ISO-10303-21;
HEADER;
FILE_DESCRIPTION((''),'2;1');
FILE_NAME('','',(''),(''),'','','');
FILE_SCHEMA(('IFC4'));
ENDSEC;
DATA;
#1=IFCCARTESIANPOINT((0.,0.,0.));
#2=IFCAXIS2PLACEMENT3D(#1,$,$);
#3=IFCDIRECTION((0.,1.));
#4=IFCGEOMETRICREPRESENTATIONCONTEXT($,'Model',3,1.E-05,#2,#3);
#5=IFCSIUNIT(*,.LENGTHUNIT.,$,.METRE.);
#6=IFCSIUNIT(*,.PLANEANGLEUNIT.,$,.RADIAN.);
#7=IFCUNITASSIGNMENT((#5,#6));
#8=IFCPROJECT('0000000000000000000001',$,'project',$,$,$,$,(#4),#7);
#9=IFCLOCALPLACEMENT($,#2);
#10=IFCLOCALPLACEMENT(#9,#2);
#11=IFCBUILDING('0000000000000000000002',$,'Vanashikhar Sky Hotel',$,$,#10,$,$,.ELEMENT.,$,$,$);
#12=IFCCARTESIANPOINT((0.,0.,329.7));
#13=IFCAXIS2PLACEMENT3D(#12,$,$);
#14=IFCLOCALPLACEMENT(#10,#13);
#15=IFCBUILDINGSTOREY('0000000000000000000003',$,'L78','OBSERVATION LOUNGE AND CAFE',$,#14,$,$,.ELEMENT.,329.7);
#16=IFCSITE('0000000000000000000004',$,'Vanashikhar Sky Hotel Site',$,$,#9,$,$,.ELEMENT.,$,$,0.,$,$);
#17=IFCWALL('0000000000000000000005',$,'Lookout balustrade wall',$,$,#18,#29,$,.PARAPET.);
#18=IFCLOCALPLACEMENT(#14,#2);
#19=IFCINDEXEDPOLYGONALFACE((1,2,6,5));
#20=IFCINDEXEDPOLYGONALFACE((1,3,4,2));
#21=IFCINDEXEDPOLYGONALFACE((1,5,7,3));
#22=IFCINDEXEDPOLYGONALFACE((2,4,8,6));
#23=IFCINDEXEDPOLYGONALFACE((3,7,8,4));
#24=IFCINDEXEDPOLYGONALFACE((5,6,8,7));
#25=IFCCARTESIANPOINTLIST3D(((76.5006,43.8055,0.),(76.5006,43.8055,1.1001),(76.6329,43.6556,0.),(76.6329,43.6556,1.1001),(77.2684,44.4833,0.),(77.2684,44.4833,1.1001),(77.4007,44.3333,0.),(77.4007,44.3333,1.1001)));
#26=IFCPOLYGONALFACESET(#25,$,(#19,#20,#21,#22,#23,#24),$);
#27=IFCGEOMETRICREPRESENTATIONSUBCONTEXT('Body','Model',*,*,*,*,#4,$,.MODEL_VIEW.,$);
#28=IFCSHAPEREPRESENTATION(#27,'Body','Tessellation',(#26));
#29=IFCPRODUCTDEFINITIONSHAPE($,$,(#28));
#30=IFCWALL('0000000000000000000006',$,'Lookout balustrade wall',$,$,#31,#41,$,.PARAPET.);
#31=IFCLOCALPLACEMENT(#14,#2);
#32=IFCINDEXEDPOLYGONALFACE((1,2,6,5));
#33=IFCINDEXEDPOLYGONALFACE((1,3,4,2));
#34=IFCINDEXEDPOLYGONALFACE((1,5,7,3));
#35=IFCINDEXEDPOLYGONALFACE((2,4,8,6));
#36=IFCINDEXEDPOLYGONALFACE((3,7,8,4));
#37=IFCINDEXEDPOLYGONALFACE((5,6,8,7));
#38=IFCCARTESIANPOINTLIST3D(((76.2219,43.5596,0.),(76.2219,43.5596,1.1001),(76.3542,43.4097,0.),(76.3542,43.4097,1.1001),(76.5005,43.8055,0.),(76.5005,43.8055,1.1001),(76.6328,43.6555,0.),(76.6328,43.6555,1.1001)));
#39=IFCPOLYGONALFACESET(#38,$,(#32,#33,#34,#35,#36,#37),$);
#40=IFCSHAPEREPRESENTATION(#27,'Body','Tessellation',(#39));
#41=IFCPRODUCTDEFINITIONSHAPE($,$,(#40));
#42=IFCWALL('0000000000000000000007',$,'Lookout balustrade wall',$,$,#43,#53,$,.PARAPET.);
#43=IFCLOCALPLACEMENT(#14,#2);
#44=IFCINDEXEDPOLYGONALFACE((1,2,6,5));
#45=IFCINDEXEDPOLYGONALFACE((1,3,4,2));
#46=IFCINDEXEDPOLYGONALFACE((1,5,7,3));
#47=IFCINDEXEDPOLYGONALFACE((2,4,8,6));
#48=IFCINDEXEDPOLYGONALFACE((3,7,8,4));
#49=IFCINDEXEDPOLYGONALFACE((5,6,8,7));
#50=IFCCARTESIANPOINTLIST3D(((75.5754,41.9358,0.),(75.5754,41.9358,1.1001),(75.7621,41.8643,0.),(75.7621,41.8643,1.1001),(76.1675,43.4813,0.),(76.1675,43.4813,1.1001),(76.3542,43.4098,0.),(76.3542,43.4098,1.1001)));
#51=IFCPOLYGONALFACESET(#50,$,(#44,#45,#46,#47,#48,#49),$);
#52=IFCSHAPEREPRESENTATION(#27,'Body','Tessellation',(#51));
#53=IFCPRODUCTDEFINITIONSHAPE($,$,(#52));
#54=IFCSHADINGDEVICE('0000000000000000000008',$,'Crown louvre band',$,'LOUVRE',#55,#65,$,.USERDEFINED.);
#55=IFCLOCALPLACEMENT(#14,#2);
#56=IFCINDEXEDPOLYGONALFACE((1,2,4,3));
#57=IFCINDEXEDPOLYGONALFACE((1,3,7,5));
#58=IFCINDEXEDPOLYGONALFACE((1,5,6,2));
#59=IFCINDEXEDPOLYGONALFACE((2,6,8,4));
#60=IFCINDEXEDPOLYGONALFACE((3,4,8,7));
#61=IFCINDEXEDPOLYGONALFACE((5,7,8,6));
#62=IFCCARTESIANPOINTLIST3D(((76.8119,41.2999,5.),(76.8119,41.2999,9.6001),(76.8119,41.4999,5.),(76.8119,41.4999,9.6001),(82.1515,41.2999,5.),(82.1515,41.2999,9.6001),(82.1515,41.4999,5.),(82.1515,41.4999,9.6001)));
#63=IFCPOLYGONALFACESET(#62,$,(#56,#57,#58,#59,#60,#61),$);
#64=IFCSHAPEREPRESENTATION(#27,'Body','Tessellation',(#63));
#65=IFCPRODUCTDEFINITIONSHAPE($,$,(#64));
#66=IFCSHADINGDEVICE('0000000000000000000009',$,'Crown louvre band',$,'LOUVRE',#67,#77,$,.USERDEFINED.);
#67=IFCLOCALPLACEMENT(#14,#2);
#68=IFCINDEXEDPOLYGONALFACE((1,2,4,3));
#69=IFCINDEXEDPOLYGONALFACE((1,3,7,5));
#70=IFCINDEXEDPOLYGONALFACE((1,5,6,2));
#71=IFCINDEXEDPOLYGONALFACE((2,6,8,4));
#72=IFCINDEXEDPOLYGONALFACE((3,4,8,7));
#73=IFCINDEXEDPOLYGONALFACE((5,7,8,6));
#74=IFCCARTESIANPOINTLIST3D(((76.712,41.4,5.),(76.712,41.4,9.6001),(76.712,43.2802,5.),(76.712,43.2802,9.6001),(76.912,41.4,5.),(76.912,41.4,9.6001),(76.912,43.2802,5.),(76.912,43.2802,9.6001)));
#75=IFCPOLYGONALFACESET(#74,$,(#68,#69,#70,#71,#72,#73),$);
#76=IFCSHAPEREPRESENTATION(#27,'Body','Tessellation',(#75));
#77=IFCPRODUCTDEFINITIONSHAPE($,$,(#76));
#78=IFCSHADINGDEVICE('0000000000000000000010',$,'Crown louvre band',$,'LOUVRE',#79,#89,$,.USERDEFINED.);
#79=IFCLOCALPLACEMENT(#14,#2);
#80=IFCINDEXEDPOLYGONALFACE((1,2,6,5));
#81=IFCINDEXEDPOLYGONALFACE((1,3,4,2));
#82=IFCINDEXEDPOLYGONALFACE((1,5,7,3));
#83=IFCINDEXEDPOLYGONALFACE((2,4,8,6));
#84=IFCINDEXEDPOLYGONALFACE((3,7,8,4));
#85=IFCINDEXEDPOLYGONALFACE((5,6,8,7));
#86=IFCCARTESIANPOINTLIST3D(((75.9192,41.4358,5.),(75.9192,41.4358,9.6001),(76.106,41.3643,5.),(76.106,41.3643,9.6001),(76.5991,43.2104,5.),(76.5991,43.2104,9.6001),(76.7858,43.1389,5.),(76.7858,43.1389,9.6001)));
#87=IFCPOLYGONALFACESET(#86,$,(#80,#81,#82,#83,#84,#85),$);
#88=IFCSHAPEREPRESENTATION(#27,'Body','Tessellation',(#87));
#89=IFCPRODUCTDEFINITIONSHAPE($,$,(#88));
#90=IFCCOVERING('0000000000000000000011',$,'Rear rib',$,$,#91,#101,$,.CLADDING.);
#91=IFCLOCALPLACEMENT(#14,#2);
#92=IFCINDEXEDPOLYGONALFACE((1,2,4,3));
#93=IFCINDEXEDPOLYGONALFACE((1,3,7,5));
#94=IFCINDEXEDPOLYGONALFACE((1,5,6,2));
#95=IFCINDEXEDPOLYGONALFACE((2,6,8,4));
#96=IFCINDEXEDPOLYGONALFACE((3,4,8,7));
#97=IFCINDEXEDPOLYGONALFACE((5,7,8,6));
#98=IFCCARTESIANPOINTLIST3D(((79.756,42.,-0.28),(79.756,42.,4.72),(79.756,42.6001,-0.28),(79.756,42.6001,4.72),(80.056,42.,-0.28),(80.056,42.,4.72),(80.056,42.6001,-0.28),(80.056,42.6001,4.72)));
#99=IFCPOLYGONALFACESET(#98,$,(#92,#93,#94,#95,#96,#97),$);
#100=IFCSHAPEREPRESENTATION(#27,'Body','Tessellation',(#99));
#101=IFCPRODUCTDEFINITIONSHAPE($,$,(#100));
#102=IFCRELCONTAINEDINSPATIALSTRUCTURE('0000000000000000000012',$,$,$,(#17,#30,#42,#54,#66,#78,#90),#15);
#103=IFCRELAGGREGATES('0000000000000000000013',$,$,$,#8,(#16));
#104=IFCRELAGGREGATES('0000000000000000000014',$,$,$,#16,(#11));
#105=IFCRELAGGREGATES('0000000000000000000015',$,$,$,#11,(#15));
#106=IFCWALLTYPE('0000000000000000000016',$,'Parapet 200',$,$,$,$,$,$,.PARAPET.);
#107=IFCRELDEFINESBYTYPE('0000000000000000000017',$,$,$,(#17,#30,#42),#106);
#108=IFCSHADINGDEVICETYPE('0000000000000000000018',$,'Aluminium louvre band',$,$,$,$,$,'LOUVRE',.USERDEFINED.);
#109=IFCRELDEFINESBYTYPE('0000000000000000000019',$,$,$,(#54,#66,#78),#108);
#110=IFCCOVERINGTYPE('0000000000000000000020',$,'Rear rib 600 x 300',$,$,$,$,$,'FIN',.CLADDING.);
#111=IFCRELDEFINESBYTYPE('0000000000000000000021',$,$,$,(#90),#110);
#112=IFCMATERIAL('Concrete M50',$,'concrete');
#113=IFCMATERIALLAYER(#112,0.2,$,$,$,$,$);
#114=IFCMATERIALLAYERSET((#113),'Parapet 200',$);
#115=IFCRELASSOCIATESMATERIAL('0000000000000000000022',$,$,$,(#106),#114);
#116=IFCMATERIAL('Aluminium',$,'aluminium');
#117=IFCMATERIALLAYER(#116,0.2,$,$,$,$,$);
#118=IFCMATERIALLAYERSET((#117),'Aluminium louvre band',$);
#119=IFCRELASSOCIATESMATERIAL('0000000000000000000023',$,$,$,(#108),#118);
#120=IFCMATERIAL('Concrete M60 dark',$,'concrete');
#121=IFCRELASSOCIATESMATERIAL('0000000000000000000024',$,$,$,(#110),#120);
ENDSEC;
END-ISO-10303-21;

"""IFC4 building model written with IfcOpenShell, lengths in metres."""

from ifc_helpers import new_model, si_unit, direction, frame, frame_2d, origin, origin_2d, place, context, subcontext, project, spatial, rectangle, extrude, source, transform, mapped, material, layer, layer_set, material_profile, profile_set, type_object, element, save


model = new_model("IFC4")

# Units and contexts
model_context = context("Model", 3, precision=1e-05, world=origin(), true_north=direction((0.0, 1.0)))
body_context = subcontext(model_context, "Body", "Model", "MODEL_VIEW")
ifc_project = project(units=[si_unit("LENGTHUNIT", "METRE"), si_unit("PLANEANGLEUNIT", "RADIAN")], contexts=[model_context])

# Site, building, storey
site_placement = place(None, origin())
site = spatial("IfcSite", under=ifc_project, at=site_placement, Name="Vanashikhar Sky Hotel Site", CompositionType="ELEMENT", RefElevation=0.0)
building_placement = place(site_placement, origin())
building = spatial("IfcBuilding", under=site, at=building_placement, Name="Vanashikhar Sky Hotel", CompositionType="ELEMENT")
storey_placement = place(building_placement, frame((0.0, 0.0, 329.7)))
storey = spatial("IfcBuildingStorey", under=building, at=storey_placement, Name="L78", Description="OBSERVATION LOUNGE AND CAFE", CompositionType="ELEMENT", Elevation=329.7)

# Walls
ifc_material_1 = material(Name="Concrete M50", Category="concrete")
ifc_layer_1 = layer(ifc_material_1, 0.2)
ifc_layer_set_1 = layer_set([ifc_layer_1], Name="Parapet 200")
wall_type_1 = type_object("IfcWallType", Name="Parapet 200", PredefinedType="PARAPET", material=ifc_layer_set_1)
shared_shape_1 = source(origin(), body_context, "Body", "SweptSolid", [
    extrude(rectangle(XDim=1.0242, YDim=0.2, at=frame_2d((0.5122, 0.0))), origin(), (0.0, 0.0, 1.0), 1.1001),
])
wall_1_placement = place(storey_placement, frame((76.5667, 43.7305, 0.0), z_axis=(0.0, 0.0, 1.0), x_axis=(0.74972, 0.661756, 0.0)))
element("IfcWall", 1, at=wall_1_placement, inside=storey, type_object=wall_type_1, Name="Lookout balustrade wall", PredefinedType="PARAPET", context=body_context, shape_type="MappedRepresentation", body=[
    mapped(shared_shape_1, transform((0.0, 0.0, 0.0), scale=1.0)),
])
shared_shape_2 = source(origin(), body_context, "Body", "SweptSolid", [
    extrude(rectangle(XDim=0.3716, YDim=0.2, at=frame_2d((0.1858, 0.0))), origin(), (0.0, 0.0, 1.0), 1.1001),
])
wall_2_placement = place(storey_placement, frame((76.2881, 43.4846, 0.0), z_axis=(0.0, 0.0, 1.0), x_axis=(0.749761, 0.661709, 0.0)))
element("IfcWall", 2, at=wall_2_placement, inside=storey, type_object=wall_type_1, Name="Lookout balustrade wall", PredefinedType="PARAPET", context=body_context, shape_type="MappedRepresentation", body=[
    mapped(shared_shape_2, transform((0.0, 0.0, 0.0), scale=1.0)),
])
shared_shape_3 = source(origin(), body_context, "Body", "SweptSolid", [
    extrude(rectangle(XDim=1.655, YDim=0.2, at=frame_2d((0.8276, 0.0))), origin(), (0.0, 0.0, 1.0), 1.1001),
])
wall_3_placement = place(storey_placement, frame((75.6687, 41.8999, 0.0), z_axis=(0.0, 0.0, 1.0), x_axis=(0.357743, 0.93382, 0.0)))
element("IfcWall", 3, at=wall_3_placement, inside=storey, type_object=wall_type_1, Name="Lookout balustrade wall", PredefinedType="PARAPET", context=body_context, shape_type="MappedRepresentation", body=[
    mapped(shared_shape_3, transform((0.0, 0.0, 0.0), scale=1.0)),
])

# Shared definitions
ifc_material_2 = material(Name="Aluminium", Category="aluminium")

# Shading devices
ifc_layer_2 = layer(ifc_material_2, 0.2)
ifc_layer_set_2 = layer_set([ifc_layer_2], Name="Aluminium louvre band")
shading_device_type = type_object("IfcShadingDeviceType", Name="Aluminium louvre band", ElementType="LOUVRE", PredefinedType="USERDEFINED", material=ifc_layer_set_2)
shared_shape_4 = source(origin(), body_context, "Body", "SweptSolid", [
    extrude(rectangle(XDim=5.3396, YDim=0.2, at=origin_2d()), origin(), (0.0, 0.0, 1.0), 4.6001),
])
shading_device_1_placement = place(storey_placement, frame((79.4817, 41.3999, 5.0), z_axis=(0.0, 0.0, 1.0), x_axis=(1.0, 0.0, 0.0)))
element("IfcShadingDevice", 4, at=shading_device_1_placement, inside=storey, type_object=shading_device_type, Name="Crown louvre band", ObjectType="LOUVRE", PredefinedType="USERDEFINED", context=body_context, shape_type="MappedRepresentation", body=[
    mapped(shared_shape_4, transform((0.0, 0.0, 0.0), scale=1.0)),
])
shared_shape_5 = source(origin(), body_context, "Body", "SweptSolid", [
    extrude(rectangle(XDim=1.8801, YDim=0.2, at=origin_2d()), origin(), (0.0, 0.0, 1.0), 4.6001),
])
shading_device_2_placement = place(storey_placement, frame((76.812, 42.3401, 5.0), z_axis=(0.0, 0.0, 1.0), x_axis=(0.0, -1.0, 0.0)))
element("IfcShadingDevice", 5, at=shading_device_2_placement, inside=storey, type_object=shading_device_type, Name="Crown louvre band", ObjectType="LOUVRE", PredefinedType="USERDEFINED", context=body_context, shape_type="MappedRepresentation", body=[
    mapped(shared_shape_5, transform((0.0, 0.0, 0.0), scale=1.0)),
])
shared_shape_6 = source(origin(), body_context, "Body", "SweptSolid", [
    extrude(rectangle(XDim=1.9004, YDim=0.2, at=origin_2d()), origin(), (0.0, 0.0, 1.0), 4.6001),
])
shading_device_3_placement = place(storey_placement, frame((76.3525, 42.2874, 5.0), z_axis=(0.0, 0.0, 1.0), x_axis=(0.357749, 0.933818, 0.0)))
element("IfcShadingDevice", 6, at=shading_device_3_placement, inside=storey, type_object=shading_device_type, Name="Crown louvre band", ObjectType="LOUVRE", PredefinedType="USERDEFINED", context=body_context, shape_type="MappedRepresentation", body=[
    mapped(shared_shape_6, transform((0.0, 0.0, 0.0), scale=1.0)),
])

# Covering
ifc_material_3 = material(Name="Concrete M60 dark", Category="concrete")
ifc_material_profile_1 = material_profile(ifc_material_3, rectangle(XDim=0.6001, YDim=0.3, at=origin_2d()))
ifc_profile_set_1 = profile_set([ifc_material_profile_1], Name="Rear rib 600 x 300")
covering_type = type_object("IfcCoveringType", Name="Rear rib 600 x 300", ElementType="FIN", PredefinedType="CLADDING", material=ifc_profile_set_1)
shared_shape_7 = source(origin(), body_context, "Body", "SweptSolid", [
    extrude(rectangle(XDim=0.6001, YDim=0.3, at=origin_2d()), origin(), (0.0, 0.0, 1.0), 5.0),
])
covering_placement = place(storey_placement, frame((79.906, 42.3, -0.28), z_axis=(0.0, 0.0, 1.0), x_axis=(0.0, 1.0, 0.0)))
element("IfcCovering", 7, at=covering_placement, inside=storey, type_object=covering_type, Name="Rear rib", PredefinedType="CLADDING", context=body_context, shape_type="MappedRepresentation", body=[
    mapped(shared_shape_7, transform((0.0, 0.0, 0.0), scale=1.0)),
])

save(model, "model.ifc")
